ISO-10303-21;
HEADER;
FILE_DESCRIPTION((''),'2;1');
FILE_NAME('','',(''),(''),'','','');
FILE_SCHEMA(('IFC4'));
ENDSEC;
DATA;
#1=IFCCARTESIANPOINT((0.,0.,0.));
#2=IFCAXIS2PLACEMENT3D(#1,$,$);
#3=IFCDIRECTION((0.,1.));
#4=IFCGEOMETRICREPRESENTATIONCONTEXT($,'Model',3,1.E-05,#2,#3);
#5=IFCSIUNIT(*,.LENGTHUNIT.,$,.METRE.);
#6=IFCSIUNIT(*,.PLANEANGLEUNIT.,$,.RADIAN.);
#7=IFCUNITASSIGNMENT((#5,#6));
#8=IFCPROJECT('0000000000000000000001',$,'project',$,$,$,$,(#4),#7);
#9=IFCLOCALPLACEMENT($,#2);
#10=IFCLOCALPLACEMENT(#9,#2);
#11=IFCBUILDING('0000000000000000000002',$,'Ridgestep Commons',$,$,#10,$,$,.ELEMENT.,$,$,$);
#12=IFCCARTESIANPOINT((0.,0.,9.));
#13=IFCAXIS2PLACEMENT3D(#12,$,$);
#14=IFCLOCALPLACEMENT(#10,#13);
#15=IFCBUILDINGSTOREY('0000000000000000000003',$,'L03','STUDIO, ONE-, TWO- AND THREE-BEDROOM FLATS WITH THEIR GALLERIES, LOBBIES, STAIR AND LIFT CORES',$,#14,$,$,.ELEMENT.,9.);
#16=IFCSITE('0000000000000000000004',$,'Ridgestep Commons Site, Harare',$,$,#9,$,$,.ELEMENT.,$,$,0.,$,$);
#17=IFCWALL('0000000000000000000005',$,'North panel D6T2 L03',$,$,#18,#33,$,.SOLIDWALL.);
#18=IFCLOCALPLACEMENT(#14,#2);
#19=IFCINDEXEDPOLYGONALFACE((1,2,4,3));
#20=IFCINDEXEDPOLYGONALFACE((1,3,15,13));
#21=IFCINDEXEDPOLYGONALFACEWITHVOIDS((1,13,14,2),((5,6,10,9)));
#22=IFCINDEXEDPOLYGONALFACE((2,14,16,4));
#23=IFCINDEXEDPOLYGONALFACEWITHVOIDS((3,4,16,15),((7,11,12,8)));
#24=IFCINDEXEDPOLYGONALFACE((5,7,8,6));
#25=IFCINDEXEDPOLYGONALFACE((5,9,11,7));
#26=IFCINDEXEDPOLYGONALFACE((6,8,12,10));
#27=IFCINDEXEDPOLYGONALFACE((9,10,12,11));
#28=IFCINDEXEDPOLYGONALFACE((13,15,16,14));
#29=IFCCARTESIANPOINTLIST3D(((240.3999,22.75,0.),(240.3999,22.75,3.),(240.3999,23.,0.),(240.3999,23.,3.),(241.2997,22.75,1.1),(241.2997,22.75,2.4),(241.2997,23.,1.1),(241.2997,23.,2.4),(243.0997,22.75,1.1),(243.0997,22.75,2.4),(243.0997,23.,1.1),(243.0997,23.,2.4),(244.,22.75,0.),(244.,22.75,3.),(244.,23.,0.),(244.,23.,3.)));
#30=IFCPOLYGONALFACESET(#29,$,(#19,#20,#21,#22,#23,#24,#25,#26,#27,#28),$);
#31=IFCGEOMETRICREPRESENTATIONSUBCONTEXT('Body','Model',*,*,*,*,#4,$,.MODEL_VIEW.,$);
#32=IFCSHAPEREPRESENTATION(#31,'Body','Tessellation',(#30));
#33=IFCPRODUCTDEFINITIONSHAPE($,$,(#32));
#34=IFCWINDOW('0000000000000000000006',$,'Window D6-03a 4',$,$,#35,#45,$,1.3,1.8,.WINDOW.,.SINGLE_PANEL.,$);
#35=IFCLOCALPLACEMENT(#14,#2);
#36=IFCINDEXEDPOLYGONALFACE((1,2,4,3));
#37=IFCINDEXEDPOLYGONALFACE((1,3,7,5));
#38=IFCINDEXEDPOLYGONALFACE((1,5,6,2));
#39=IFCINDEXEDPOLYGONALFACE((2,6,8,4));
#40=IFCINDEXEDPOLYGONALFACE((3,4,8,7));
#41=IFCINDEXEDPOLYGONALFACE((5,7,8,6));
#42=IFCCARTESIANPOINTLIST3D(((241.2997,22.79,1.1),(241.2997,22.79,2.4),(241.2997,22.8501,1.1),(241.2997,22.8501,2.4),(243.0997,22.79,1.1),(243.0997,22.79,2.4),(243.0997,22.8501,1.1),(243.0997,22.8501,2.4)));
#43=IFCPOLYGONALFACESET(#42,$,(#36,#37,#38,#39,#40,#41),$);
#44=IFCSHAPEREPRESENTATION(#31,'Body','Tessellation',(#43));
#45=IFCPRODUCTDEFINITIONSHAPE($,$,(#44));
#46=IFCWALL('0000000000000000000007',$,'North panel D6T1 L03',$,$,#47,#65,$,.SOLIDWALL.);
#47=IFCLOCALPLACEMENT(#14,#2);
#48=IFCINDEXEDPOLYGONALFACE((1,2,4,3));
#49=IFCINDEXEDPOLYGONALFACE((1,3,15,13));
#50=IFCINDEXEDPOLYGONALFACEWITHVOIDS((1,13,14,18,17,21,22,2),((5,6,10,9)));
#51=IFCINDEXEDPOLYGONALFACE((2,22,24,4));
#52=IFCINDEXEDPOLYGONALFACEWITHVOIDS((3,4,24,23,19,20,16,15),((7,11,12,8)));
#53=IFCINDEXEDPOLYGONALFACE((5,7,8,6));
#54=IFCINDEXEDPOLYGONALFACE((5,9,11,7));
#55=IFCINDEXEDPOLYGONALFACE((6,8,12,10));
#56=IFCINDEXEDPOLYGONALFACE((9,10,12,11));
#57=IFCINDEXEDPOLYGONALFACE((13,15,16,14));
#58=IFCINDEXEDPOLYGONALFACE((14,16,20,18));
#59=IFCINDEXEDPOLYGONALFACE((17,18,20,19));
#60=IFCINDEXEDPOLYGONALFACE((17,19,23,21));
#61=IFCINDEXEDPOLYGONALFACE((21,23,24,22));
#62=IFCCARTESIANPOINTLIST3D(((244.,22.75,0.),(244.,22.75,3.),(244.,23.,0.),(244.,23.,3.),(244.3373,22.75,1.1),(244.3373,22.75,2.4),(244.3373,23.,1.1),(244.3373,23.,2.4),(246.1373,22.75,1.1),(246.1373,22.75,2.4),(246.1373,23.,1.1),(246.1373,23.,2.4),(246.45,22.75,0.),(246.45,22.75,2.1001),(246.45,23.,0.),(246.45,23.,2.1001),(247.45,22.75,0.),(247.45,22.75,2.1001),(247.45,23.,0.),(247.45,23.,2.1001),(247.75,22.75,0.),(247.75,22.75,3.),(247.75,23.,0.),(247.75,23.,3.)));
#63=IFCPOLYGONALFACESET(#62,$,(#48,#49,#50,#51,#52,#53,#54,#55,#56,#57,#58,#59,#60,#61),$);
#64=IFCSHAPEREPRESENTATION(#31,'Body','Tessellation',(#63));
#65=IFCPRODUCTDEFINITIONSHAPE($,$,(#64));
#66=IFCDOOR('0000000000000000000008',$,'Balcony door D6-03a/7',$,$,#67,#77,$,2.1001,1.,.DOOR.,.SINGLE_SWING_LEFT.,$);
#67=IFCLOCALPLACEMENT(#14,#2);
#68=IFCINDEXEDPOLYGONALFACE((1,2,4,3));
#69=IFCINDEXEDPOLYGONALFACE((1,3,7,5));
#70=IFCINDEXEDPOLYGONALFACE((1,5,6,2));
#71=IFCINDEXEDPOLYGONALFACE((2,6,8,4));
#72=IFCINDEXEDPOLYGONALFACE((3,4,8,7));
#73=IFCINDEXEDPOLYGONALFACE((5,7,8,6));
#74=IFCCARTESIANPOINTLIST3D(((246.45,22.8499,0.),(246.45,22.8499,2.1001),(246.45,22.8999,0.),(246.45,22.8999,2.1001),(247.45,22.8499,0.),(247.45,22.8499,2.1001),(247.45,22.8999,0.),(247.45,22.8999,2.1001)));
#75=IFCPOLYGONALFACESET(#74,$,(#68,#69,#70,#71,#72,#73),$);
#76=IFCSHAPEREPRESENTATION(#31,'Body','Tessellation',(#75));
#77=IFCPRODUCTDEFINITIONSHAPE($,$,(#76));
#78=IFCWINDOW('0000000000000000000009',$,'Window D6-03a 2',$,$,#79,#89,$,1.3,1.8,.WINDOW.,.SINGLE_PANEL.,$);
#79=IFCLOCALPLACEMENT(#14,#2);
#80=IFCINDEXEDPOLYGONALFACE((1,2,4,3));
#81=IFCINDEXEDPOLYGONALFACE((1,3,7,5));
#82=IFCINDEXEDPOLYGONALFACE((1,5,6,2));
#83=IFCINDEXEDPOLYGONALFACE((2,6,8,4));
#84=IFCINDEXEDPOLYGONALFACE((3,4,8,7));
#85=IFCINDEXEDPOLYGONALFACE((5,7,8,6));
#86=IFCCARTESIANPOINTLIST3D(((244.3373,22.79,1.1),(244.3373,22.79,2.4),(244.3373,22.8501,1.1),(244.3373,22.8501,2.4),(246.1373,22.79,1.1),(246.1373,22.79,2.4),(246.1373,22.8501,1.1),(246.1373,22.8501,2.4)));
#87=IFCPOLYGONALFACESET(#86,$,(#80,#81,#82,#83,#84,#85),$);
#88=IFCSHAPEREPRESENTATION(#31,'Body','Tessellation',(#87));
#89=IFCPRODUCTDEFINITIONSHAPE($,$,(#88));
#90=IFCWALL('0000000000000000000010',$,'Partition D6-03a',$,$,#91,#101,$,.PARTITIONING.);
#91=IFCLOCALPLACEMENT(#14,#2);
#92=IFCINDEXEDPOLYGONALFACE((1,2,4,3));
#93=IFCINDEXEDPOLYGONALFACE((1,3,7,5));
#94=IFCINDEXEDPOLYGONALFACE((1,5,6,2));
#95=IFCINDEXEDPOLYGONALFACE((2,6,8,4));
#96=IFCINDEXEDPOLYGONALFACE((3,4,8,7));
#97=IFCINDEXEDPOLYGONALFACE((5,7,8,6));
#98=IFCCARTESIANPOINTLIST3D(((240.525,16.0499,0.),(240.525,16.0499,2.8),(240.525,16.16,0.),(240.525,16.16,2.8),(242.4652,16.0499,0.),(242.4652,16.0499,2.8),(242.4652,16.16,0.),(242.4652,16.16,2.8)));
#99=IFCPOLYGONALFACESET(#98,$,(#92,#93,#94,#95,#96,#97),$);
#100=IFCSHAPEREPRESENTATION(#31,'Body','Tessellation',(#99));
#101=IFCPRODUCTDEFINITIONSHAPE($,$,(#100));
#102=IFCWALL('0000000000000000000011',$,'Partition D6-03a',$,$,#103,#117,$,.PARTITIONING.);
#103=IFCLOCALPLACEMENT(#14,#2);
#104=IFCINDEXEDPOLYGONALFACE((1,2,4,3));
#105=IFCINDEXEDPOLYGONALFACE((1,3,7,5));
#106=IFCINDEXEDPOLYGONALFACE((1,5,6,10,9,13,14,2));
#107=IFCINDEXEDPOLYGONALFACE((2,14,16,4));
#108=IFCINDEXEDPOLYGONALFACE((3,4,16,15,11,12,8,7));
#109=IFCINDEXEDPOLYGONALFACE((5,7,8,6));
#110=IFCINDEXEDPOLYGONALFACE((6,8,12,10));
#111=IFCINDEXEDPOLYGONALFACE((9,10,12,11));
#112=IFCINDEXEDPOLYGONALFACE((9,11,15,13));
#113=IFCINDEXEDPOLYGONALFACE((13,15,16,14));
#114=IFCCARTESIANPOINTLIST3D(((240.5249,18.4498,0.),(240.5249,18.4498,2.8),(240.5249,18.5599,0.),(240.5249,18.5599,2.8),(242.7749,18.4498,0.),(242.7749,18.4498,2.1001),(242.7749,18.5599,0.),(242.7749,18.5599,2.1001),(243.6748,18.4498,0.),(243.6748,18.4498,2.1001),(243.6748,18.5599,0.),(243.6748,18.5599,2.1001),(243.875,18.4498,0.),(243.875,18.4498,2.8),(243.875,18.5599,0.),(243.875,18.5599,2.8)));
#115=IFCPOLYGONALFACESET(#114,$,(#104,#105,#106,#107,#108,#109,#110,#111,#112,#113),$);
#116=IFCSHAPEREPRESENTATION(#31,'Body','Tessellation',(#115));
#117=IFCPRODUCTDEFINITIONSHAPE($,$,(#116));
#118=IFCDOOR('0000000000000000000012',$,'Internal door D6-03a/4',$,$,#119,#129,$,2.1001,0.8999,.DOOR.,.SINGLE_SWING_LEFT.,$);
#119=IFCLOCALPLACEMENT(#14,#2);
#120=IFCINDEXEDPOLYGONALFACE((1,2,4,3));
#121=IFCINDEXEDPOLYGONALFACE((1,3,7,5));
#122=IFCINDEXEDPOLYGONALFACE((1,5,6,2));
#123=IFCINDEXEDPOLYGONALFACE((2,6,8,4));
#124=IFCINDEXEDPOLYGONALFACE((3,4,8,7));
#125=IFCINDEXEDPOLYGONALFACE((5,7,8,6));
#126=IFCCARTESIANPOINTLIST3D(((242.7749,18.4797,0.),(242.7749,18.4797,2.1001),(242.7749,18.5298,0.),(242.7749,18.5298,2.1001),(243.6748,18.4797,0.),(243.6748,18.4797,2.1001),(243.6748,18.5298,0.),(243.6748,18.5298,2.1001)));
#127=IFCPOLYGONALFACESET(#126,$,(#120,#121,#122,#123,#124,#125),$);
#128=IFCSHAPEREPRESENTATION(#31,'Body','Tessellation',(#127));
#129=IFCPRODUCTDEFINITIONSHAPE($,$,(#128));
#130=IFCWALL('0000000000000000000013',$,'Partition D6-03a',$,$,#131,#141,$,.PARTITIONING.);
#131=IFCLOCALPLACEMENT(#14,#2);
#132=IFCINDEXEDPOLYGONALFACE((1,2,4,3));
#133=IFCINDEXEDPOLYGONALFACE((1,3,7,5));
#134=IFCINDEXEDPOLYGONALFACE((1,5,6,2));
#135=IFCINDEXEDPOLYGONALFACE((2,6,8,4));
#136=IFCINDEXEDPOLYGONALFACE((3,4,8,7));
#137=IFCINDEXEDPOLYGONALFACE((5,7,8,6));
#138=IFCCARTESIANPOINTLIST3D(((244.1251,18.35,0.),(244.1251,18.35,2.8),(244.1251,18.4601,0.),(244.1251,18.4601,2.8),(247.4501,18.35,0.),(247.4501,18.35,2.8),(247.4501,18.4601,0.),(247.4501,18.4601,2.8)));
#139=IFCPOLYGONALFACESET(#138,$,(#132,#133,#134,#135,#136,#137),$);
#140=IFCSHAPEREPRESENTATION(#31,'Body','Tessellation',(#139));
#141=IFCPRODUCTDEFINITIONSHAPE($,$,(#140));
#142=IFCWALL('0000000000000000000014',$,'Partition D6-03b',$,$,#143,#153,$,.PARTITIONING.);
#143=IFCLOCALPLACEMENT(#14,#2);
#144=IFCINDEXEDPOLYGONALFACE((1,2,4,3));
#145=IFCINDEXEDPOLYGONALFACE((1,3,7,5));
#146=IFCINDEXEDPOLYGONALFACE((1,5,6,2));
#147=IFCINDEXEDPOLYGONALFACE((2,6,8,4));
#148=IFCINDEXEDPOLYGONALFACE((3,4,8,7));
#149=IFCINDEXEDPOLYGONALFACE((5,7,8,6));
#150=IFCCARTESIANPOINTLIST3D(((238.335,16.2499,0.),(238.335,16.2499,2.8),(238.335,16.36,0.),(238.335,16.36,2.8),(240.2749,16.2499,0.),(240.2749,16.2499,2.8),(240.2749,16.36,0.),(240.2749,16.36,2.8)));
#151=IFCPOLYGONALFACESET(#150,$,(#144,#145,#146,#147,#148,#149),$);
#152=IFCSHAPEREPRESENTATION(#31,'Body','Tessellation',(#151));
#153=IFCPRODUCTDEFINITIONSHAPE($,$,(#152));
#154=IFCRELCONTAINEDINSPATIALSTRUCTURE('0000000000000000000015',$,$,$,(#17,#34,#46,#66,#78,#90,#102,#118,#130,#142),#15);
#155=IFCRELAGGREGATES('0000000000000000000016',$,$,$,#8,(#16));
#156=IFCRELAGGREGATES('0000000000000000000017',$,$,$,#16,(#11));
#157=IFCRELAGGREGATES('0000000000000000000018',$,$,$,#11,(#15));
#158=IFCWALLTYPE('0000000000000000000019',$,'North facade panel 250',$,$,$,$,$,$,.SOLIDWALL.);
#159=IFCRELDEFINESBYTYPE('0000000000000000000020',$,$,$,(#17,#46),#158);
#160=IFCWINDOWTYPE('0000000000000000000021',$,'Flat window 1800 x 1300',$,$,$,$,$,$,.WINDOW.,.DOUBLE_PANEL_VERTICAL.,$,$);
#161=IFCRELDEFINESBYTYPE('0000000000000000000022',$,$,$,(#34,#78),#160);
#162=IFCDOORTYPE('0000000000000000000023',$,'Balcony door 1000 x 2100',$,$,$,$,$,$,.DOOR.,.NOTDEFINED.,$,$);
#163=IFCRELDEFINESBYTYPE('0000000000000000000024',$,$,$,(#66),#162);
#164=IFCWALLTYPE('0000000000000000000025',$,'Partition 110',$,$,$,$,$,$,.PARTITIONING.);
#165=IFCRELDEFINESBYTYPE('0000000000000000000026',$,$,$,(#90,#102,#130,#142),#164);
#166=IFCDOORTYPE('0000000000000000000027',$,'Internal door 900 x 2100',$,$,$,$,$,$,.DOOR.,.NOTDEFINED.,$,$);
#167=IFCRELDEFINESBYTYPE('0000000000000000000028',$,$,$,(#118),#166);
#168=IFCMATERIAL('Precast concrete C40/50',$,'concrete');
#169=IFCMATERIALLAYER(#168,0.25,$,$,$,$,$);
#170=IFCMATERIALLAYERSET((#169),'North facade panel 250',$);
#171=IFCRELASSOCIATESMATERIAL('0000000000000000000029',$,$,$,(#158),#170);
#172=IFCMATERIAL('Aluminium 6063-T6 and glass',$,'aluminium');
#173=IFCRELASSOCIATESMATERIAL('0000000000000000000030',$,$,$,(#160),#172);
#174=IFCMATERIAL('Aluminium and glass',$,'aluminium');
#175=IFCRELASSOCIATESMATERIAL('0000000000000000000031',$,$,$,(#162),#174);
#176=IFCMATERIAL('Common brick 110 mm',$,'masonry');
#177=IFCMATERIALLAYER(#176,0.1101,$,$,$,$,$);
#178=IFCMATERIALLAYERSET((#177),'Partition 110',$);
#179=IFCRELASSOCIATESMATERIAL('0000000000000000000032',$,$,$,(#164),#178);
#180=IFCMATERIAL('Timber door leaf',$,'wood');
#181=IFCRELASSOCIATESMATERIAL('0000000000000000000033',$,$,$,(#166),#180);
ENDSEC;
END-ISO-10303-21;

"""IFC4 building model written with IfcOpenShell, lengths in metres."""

from ifc_helpers import new_model, si_unit, direction, frame, frame_2d, origin, place, context, subcontext, project, spatial, rectangle, extrude, material, layer, layer_set, type_object, element, fill, save


model = new_model("IFC4")

# Units and contexts
model_context = context("Model", 3, precision=1e-05, world=origin(), true_north=direction((0.0, 1.0)))
body_context = subcontext(model_context, "Body", "Model", "MODEL_VIEW")
ifc_project = project(units=[si_unit("LENGTHUNIT", "METRE"), si_unit("PLANEANGLEUNIT", "RADIAN")], contexts=[model_context])

# Site, building, storey
site_placement = place(None, origin())
site = spatial("IfcSite", under=ifc_project, at=site_placement, Name="Ridgestep Commons Site, Harare", CompositionType="ELEMENT", RefElevation=0.0)
building_placement = place(site_placement, origin())
building = spatial("IfcBuilding", under=site, at=building_placement, Name="Ridgestep Commons", CompositionType="ELEMENT")
storey_placement = place(building_placement, frame((0.0, 0.0, 9.0)))
storey = spatial("IfcBuildingStorey", under=building, at=storey_placement, Name="L03", Description="STUDIO, ONE-, TWO- AND THREE-BEDROOM FLATS WITH THEIR GALLERIES, LOBBIES, STAIR AND LIFT CORES", CompositionType="ELEMENT", Elevation=9.0)

# Wall, opening, window
ifc_material_1 = material(Name="Precast concrete C40/50", Category="concrete")
ifc_layer_1 = layer(ifc_material_1, 0.25)
ifc_layer_set_1 = layer_set([ifc_layer_1], Name="North facade panel 250")
wall_type_1 = type_object("IfcWallType", Name="North facade panel 250", PredefinedType="SOLIDWALL", material=ifc_layer_set_1)
wall_1_placement = place(storey_placement, frame((240.3999, 22.875, 0.0), z_axis=(0.0, 0.0, 1.0), x_axis=(1.0, 0.0, 0.0)))
wall_1 = element("IfcWall", 1, at=wall_1_placement, inside=storey, type_object=wall_type_1, Name="North panel D6T2 L03", PredefinedType="SOLIDWALL", context=body_context, shape_type="SweptSolid", body=[
    extrude(rectangle(XDim=3.6001, YDim=0.25, at=frame_2d((1.8, 0.0))), origin(), (0.0, 0.0, 1.0), 3.0),
])
opening_1_placement = place(wall_1_placement, frame((0.8999, 0.0, 1.1001)))
opening_1 = element("IfcOpeningElement", 2, at=opening_1_placement, cuts=wall_1, PredefinedType="OPENING", context=body_context, shape_type="SweptSolid", body=[
    extrude(rectangle(XDim=1.8, YDim=1.3, at=frame_2d((0.8999, 0.6499))), frame((0.0, 0.135, 0.0), z_axis=(0.0, -1.0, 0.0), x_axis=(1.0, 0.0, 0.0)), (0.0, 0.0, 1.0), 0.27),
])
ifc_material_2 = material(Name="Aluminium 6063-T6 and glass", Category="aluminium")
window_type = type_object("IfcWindowType", Name="Flat window 1800 x 1300", PartitioningType="DOUBLE_PANEL_VERTICAL", PredefinedType="WINDOW", material=ifc_material_2)
window_1_placement = place(opening_1_placement, origin())
window_1 = element("IfcWindow", 3, at=window_1_placement, inside=storey, type_object=window_type, Name="Window D6-03a 4", OverallHeight=1.3, OverallWidth=1.8, PartitioningType="SINGLE_PANEL", PredefinedType="WINDOW", context=body_context, shape_type="SweptSolid", body=[
    extrude(rectangle(XDim=1.8, YDim=1.3, at=frame_2d((0.8999, 0.6499))), frame((0.0, -0.0249, 0.0), z_axis=(0.0, -1.0, 0.0), x_axis=(1.0, 0.0, 0.0)), (0.0, 0.0, 1.0), 0.0601),
])
fill(opening_1, window_1)

# Wall, openings, door, window
wall_2_placement = place(storey_placement, frame((244.0, 22.875, 0.0), z_axis=(0.0, 0.0, 1.0), x_axis=(1.0, 0.0, 0.0)))
wall_2 = element("IfcWall", 4, at=wall_2_placement, inside=storey, type_object=wall_type_1, Name="North panel D6T1 L03", PredefinedType="SOLIDWALL", context=body_context, shape_type="SweptSolid", body=[
    extrude(rectangle(XDim=3.75, YDim=0.25, at=frame_2d((1.875, 0.0))), origin(), (0.0, 0.0, 1.0), 3.0),
])
opening_2_placement = place(wall_2_placement, frame((0.3374, 0.0, 1.1001)))
opening_2 = element("IfcOpeningElement", 5, at=opening_2_placement, cuts=wall_2, PredefinedType="OPENING", context=body_context, shape_type="SweptSolid", body=[
    extrude(rectangle(XDim=1.8, YDim=1.3, at=frame_2d((0.8999, 0.6499))), frame((0.0, 0.135, 0.0), z_axis=(0.0, -1.0, 0.0), x_axis=(1.0, 0.0, 0.0)), (0.0, 0.0, 1.0), 0.27),
])
opening_3_placement = place(wall_2_placement, frame((2.45, 0.0, 0.0)))
opening_3 = element("IfcOpeningElement", 6, at=opening_3_placement, cuts=wall_2, PredefinedType="OPENING", context=body_context, shape_type="SweptSolid", body=[
    extrude(rectangle(XDim=1.0, YDim=2.1001, at=frame_2d((0.5, 1.05))), frame((0.0, 0.135, 0.0), z_axis=(0.0, -1.0, 0.0), x_axis=(1.0, 0.0, 0.0)), (0.0, 0.0, 1.0), 0.27),
])
ifc_material_3 = material(Name="Aluminium and glass", Category="aluminium")
door_type_1 = type_object("IfcDoorType", Name="Balcony door 1000 x 2100", OperationType="NOTDEFINED", PredefinedType="DOOR", material=ifc_material_3)
door_1_placement = place(opening_3_placement, origin())
door_1 = element("IfcDoor", 7, at=door_1_placement, inside=storey, type_object=door_type_1, Name="Balcony door D6-03a/7", OperationType="SINGLE_SWING_LEFT", OverallHeight=2.1001, OverallWidth=1.0, PredefinedType="DOOR", context=body_context, shape_type="SweptSolid", body=[
    extrude(rectangle(XDim=1.0, YDim=2.1001, at=frame_2d((0.5, 1.05))), frame((0.0, 0.0249, 0.0), z_axis=(0.0, -1.0, 0.0), x_axis=(1.0, 0.0, 0.0)), (0.0, 0.0, 1.0), 0.05),
])
fill(opening_3, door_1)
window_2_placement = place(opening_2_placement, origin())
window_2 = element("IfcWindow", 8, at=window_2_placement, inside=storey, type_object=window_type, Name="Window D6-03a 2", OverallHeight=1.3, OverallWidth=1.8, PartitioningType="SINGLE_PANEL", PredefinedType="WINDOW", context=body_context, shape_type="SweptSolid", body=[
    extrude(rectangle(XDim=1.8, YDim=1.3, at=frame_2d((0.8999, 0.6499))), frame((0.0, -0.0249, 0.0), z_axis=(0.0, -1.0, 0.0), x_axis=(1.0, 0.0, 0.0)), (0.0, 0.0, 1.0), 0.0601),
])
fill(opening_2, window_2)

# Wall
ifc_material_4 = material(Name="Common brick 110 mm", Category="masonry")
ifc_layer_2 = layer(ifc_material_4, 0.1101)
ifc_layer_set_2 = layer_set([ifc_layer_2], Name="Partition 110")
wall_type_2 = type_object("IfcWallType", Name="Partition 110", PredefinedType="PARTITIONING", material=ifc_layer_set_2)
wall_3_placement = place(storey_placement, frame((240.5249, 16.105, 0.0), z_axis=(0.0, 0.0, 1.0), x_axis=(1.0, 0.0, 0.0)))
element("IfcWall", 9, at=wall_3_placement, inside=storey, type_object=wall_type_2, Name="Partition D6-03a", PredefinedType="PARTITIONING", context=body_context, shape_type="SweptSolid", body=[
    extrude(rectangle(XDim=1.9402, YDim=0.1101, at=frame_2d((0.9702, 0.0))), origin(), (0.0, 0.0, 1.0), 2.8),
])

# Wall, opening, door
wall_4_placement = place(storey_placement, frame((240.5249, 18.5049, 0.0), z_axis=(0.0, 0.0, 1.0), x_axis=(1.0, 0.0, 0.0)))
wall_4 = element("IfcWall", 10, at=wall_4_placement, inside=storey, type_object=wall_type_2, Name="Partition D6-03a", PredefinedType="PARTITIONING", context=body_context, shape_type="SweptSolid", body=[
    extrude(rectangle(XDim=3.3501, YDim=0.1101, at=frame_2d((1.675, 0.0))), origin(), (0.0, 0.0, 1.0), 2.8),
])
opening_4_placement = place(wall_4_placement, frame((2.25, 0.0, 0.0)))
opening_4 = element("IfcOpeningElement", 11, at=opening_4_placement, cuts=wall_4, PredefinedType="OPENING", context=body_context, shape_type="SweptSolid", body=[
    extrude(rectangle(XDim=0.8999, YDim=2.1001, at=frame_2d((0.45, 1.05))), frame((0.0, 0.0649, 0.0), z_axis=(0.0, -1.0, 0.0), x_axis=(1.0, 0.0, 0.0)), (0.0, 0.0, 1.0), 0.1301),
])
ifc_material_5 = material(Name="Timber door leaf", Category="wood")
door_type_2 = type_object("IfcDoorType", Name="Internal door 900 x 2100", OperationType="NOTDEFINED", PredefinedType="DOOR", material=ifc_material_5)
door_2_placement = place(opening_4_placement, origin())
door_2 = element("IfcDoor", 12, at=door_2_placement, inside=storey, type_object=door_type_2, Name="Internal door D6-03a/4", OperationType="SINGLE_SWING_LEFT", OverallHeight=2.1001, OverallWidth=0.8999, PredefinedType="DOOR", context=body_context, shape_type="SweptSolid", body=[
    extrude(rectangle(XDim=0.8999, YDim=2.1001, at=frame_2d((0.45, 1.05))), frame((0.0, 0.0249, 0.0), z_axis=(0.0, -1.0, 0.0), x_axis=(1.0, 0.0, 0.0)), (0.0, 0.0, 1.0), 0.05),
])
fill(opening_4, door_2)

# Walls
wall_5_placement = place(storey_placement, frame((244.125, 18.405, 0.0), z_axis=(0.0, 0.0, 1.0), x_axis=(1.0, 0.0, 0.0)))
element("IfcWall", 13, at=wall_5_placement, inside=storey, type_object=wall_type_2, Name="Partition D6-03a", PredefinedType="PARTITIONING", context=body_context, shape_type="SweptSolid", body=[
    extrude(rectangle(XDim=3.325, YDim=0.1101, at=frame_2d((1.6626, 0.0))), origin(), (0.0, 0.0, 1.0), 2.8),
])
wall_6_placement = place(storey_placement, frame((238.335, 16.3049, 0.0), z_axis=(0.0, 0.0, 1.0), x_axis=(1.0, 0.0, 0.0)))
element("IfcWall", 14, at=wall_6_placement, inside=storey, type_object=wall_type_2, Name="Partition D6-03b", PredefinedType="PARTITIONING", context=body_context, shape_type="SweptSolid", body=[
    extrude(rectangle(XDim=1.9399, YDim=0.1101, at=frame_2d((0.97, 0.0))), origin(), (0.0, 0.0, 1.0), 2.8),
])

save(model, "model.ifc")
